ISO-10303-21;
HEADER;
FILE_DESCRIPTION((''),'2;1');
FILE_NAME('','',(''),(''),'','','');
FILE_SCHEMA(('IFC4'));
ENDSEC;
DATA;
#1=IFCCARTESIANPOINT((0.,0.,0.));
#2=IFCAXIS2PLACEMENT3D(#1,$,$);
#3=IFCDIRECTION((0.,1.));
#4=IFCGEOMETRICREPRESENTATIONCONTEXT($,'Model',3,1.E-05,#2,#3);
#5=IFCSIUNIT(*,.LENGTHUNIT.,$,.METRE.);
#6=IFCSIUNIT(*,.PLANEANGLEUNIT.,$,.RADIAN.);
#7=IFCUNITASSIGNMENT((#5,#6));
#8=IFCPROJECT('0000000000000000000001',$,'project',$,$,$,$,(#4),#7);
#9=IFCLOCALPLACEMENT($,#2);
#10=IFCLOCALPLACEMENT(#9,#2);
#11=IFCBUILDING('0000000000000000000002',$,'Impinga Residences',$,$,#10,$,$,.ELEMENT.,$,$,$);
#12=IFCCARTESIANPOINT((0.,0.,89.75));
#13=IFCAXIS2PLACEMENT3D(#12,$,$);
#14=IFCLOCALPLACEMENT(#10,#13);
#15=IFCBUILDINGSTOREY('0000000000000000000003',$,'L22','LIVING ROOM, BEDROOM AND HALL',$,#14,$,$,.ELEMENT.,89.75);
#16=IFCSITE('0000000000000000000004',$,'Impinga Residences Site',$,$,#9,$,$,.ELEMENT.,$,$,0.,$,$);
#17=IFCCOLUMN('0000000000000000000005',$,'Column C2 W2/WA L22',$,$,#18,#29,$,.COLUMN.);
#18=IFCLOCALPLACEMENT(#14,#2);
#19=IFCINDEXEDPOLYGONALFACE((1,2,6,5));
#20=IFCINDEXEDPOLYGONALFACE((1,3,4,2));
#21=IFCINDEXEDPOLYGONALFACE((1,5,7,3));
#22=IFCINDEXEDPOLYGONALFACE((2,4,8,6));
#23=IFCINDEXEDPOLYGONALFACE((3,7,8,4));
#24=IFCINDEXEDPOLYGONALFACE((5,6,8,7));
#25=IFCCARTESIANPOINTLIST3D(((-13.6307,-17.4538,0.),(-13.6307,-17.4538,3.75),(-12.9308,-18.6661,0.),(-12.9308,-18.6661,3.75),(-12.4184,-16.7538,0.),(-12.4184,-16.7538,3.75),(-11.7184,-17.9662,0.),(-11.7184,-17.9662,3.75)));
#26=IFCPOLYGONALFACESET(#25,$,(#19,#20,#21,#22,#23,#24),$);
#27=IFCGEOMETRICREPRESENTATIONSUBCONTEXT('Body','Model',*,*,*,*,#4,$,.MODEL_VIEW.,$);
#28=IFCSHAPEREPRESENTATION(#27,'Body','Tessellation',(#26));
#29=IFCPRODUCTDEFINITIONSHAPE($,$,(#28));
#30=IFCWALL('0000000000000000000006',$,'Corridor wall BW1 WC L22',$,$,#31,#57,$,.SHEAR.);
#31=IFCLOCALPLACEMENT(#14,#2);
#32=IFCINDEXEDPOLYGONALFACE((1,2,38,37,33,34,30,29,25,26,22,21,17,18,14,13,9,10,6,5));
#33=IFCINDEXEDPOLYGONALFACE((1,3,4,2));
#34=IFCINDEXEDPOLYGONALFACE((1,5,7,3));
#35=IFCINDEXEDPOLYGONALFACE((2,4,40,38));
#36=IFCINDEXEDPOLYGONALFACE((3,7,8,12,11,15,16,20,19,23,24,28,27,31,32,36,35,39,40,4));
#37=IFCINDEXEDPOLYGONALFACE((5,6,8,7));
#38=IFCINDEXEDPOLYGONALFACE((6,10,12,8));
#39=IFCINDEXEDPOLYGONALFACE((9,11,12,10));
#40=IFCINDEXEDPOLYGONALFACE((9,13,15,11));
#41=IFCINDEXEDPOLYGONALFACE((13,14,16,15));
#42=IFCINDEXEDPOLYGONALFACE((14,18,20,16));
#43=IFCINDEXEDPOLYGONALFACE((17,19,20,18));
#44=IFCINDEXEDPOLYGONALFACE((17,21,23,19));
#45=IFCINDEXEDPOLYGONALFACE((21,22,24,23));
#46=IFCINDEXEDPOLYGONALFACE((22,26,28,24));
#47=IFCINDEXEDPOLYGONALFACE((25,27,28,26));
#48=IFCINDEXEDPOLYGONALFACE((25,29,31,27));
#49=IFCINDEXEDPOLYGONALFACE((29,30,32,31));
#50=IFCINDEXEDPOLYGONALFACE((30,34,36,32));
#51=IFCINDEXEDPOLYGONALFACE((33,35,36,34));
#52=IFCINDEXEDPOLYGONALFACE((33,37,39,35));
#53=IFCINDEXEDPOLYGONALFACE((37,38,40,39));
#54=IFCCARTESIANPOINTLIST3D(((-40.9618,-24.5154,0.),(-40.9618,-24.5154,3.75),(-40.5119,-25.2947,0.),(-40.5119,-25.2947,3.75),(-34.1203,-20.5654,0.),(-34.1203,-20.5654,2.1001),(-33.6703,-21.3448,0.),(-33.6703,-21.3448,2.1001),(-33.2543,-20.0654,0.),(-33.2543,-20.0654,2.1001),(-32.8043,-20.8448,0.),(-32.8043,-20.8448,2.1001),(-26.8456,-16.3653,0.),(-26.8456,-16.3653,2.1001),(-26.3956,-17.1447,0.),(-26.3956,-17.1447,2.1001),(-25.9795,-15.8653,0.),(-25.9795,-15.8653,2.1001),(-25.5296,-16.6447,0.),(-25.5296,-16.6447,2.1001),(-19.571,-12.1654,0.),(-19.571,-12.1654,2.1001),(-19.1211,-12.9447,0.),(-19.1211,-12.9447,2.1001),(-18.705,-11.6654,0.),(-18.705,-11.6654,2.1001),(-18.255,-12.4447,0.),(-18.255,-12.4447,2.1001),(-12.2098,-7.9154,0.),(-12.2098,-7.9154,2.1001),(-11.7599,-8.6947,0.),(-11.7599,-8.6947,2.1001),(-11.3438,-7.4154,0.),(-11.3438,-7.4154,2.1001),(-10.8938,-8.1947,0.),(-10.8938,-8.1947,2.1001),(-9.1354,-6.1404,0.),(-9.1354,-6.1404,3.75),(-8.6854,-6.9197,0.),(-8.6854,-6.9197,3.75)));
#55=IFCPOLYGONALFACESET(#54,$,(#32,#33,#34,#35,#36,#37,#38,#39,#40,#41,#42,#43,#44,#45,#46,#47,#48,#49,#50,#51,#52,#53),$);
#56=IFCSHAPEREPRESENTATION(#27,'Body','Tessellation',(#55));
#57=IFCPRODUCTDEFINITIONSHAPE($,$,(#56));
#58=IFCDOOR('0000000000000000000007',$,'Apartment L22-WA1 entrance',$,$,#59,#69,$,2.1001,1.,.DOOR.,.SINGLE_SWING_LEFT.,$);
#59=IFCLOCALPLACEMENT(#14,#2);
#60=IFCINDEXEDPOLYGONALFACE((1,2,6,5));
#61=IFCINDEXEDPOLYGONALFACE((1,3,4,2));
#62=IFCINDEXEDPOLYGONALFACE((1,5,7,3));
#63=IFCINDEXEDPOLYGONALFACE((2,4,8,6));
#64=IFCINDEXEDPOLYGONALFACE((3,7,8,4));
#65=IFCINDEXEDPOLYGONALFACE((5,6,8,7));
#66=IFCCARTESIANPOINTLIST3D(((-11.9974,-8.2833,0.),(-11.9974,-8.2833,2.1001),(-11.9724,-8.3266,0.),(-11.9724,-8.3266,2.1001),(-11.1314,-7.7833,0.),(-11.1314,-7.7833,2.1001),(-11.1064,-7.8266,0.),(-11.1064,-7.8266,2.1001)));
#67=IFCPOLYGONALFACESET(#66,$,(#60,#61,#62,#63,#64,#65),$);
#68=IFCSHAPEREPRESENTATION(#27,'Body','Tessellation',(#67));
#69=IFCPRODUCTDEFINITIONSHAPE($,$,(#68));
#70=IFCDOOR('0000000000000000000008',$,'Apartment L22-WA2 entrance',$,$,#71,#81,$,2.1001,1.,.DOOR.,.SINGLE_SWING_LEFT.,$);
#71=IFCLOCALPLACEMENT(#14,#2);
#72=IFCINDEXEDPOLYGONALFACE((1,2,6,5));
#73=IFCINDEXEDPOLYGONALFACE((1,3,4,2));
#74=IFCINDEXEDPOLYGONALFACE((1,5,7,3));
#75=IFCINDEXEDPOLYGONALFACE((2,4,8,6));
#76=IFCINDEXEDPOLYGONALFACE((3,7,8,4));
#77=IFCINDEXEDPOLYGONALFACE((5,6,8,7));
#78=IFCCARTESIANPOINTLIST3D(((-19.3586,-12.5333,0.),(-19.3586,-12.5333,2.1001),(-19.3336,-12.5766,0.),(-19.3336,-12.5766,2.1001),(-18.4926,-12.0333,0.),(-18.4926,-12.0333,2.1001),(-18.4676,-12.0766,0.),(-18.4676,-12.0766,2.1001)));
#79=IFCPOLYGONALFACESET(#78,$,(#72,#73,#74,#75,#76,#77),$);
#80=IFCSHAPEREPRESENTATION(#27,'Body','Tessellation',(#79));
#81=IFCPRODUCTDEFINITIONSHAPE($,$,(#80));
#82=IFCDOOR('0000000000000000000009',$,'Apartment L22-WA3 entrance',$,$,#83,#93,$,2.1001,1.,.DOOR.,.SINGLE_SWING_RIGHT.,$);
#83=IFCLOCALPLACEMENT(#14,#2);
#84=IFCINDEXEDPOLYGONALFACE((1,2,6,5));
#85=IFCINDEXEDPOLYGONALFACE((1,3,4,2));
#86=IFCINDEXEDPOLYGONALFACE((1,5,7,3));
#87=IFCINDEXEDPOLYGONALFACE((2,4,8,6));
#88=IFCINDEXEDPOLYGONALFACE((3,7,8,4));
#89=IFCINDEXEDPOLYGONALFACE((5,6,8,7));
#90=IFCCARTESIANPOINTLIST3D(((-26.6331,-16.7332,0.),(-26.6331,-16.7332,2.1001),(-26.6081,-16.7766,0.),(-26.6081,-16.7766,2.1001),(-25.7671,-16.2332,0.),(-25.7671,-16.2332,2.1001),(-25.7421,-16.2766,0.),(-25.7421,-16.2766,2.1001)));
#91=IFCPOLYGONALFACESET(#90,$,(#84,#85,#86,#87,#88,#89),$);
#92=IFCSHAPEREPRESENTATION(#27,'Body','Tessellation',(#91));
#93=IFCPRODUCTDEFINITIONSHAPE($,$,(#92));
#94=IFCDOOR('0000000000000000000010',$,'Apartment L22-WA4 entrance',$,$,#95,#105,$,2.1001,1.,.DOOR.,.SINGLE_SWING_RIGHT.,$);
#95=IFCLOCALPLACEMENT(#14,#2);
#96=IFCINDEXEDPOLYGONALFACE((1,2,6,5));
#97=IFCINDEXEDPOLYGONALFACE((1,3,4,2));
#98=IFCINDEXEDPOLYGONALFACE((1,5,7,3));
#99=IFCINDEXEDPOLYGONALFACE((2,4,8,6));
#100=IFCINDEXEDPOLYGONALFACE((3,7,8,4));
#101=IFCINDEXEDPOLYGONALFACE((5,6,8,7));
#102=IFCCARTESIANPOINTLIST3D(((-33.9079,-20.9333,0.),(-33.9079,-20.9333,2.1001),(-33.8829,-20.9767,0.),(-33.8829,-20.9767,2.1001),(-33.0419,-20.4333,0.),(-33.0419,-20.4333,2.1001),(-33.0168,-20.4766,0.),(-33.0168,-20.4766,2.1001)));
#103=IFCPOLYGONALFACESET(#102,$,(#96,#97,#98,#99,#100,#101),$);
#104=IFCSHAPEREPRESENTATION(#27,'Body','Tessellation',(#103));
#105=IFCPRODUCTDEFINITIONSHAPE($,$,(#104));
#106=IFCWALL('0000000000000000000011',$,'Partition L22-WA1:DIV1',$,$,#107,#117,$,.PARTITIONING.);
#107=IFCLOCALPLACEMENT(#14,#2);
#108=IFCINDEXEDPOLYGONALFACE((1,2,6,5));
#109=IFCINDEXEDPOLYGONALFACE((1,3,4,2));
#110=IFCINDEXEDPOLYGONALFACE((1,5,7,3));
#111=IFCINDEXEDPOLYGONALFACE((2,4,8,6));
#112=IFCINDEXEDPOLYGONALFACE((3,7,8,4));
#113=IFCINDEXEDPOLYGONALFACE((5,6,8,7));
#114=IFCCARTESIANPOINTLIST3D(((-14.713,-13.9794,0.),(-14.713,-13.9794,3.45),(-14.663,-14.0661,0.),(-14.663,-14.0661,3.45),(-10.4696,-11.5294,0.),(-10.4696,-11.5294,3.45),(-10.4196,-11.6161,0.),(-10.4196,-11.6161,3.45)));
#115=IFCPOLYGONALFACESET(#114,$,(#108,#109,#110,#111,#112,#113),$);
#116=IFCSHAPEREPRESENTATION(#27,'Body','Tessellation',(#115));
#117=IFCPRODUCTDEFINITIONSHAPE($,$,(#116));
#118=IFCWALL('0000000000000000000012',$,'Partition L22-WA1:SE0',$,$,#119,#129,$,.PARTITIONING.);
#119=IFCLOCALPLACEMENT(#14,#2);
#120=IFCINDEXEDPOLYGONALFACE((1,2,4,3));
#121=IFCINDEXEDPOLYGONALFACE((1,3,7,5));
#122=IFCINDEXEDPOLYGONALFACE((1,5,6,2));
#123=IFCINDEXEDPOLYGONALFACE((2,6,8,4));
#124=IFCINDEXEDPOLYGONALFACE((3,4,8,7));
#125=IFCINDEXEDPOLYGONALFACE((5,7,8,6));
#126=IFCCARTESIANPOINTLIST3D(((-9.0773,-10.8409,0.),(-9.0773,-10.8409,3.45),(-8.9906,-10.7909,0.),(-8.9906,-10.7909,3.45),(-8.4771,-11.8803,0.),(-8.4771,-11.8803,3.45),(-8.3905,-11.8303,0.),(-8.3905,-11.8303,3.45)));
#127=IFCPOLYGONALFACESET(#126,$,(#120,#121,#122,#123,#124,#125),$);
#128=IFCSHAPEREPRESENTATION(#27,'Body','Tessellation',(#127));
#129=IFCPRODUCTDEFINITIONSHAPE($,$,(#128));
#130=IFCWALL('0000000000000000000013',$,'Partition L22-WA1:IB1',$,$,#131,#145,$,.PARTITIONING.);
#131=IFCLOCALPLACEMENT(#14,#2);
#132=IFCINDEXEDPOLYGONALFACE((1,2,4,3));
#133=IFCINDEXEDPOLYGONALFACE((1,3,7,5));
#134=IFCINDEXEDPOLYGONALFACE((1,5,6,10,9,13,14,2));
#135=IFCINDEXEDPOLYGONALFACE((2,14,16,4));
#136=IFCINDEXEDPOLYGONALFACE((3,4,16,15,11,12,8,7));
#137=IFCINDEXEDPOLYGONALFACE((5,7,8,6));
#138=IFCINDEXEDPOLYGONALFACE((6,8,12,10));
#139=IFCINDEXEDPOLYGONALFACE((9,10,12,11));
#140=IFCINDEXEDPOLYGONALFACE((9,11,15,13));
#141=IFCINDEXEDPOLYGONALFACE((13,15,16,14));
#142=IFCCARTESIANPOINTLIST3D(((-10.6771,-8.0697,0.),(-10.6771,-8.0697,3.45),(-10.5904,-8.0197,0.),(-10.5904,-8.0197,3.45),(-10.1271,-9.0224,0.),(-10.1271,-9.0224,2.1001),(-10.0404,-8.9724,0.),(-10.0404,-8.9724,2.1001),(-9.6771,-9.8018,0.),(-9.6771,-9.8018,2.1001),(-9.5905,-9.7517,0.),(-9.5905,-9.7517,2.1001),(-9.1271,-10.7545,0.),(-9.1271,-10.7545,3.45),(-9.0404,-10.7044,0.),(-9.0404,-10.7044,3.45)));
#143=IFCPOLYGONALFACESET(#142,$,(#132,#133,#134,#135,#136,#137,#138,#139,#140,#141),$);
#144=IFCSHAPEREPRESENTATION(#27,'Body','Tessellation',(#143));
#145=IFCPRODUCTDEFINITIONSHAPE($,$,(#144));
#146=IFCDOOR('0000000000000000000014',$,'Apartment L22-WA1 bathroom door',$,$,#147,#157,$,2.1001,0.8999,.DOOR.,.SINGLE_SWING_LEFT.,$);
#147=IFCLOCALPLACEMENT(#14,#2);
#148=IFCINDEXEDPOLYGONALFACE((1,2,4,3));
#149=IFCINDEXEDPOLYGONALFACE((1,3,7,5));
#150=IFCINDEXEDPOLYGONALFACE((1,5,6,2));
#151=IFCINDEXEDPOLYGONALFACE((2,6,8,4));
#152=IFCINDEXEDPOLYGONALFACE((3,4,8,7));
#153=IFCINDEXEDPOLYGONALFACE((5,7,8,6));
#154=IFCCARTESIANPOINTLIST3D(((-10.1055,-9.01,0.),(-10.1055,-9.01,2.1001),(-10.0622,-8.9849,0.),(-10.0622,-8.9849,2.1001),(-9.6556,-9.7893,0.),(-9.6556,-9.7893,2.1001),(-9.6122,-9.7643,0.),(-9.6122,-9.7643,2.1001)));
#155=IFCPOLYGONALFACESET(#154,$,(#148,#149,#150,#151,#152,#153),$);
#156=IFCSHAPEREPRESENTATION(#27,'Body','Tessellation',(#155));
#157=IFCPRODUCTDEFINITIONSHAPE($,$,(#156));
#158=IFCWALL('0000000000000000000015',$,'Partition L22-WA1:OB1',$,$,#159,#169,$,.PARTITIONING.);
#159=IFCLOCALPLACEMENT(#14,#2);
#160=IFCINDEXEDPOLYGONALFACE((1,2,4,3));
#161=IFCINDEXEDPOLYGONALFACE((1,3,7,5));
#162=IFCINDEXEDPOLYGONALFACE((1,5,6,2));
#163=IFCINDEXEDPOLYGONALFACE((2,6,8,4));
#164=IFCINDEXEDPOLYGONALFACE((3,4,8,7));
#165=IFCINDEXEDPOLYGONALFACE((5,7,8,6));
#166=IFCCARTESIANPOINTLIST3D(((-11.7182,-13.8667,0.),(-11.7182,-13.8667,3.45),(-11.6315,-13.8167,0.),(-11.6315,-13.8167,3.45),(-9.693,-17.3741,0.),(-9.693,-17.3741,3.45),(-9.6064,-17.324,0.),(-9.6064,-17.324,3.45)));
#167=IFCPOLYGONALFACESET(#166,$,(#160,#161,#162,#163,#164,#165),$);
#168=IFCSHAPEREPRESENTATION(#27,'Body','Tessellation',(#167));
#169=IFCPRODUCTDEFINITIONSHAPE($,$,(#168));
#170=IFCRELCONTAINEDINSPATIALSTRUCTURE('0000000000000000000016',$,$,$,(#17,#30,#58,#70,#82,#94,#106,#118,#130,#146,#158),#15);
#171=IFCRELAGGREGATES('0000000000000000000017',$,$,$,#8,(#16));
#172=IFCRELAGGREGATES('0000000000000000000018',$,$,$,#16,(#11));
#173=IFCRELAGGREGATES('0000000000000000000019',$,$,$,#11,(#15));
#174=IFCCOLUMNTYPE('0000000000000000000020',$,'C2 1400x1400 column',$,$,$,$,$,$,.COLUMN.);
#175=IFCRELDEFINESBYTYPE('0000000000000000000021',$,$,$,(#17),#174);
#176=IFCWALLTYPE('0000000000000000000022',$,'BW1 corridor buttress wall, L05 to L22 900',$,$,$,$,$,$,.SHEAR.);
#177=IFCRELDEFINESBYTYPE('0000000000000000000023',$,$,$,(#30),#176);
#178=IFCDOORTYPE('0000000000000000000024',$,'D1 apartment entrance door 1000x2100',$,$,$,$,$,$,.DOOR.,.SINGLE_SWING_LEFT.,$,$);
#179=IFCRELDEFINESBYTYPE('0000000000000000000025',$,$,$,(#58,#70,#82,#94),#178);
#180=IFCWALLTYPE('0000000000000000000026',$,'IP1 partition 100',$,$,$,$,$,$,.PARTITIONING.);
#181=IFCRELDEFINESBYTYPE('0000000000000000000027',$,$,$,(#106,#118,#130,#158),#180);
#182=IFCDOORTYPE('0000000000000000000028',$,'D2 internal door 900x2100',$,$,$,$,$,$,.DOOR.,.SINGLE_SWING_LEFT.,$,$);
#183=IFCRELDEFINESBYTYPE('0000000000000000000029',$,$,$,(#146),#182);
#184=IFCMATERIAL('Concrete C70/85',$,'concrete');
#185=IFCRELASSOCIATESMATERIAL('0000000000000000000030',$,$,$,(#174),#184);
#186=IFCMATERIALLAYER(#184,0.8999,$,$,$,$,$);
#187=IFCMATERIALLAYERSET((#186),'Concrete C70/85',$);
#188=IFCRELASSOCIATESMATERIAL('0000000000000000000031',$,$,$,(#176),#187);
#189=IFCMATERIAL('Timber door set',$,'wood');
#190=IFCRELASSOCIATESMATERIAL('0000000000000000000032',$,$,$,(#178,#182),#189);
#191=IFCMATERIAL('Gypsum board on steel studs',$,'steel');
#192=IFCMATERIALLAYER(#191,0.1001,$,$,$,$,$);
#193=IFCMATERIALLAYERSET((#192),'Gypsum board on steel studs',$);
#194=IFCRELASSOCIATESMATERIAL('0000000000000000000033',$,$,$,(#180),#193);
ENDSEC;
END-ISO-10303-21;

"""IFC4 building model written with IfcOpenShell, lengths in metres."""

from ifc_helpers import new_model, si_unit, direction, frame, frame_2d, origin, origin_2d, place, context, subcontext, project, spatial, rectangle, extrude, material, layer, layer_set, material_profile, profile_set, type_object, element, fill, save


model = new_model("IFC4")

# Units and contexts
model_context = context("Model", 3, precision=1e-05, world=origin(), true_north=direction((0.0, 1.0)))
body_context = subcontext(model_context, "Body", "Model", "MODEL_VIEW")
ifc_project = project(units=[si_unit("LENGTHUNIT", "METRE"), si_unit("PLANEANGLEUNIT", "RADIAN")], contexts=[model_context])

# Site, building, storey
site_placement = place(None, origin())
site = spatial("IfcSite", under=ifc_project, at=site_placement, Name="Impinga Residences Site", CompositionType="ELEMENT", RefElevation=0.0)
building_placement = place(site_placement, origin())
building = spatial("IfcBuilding", under=site, at=building_placement, Name="Impinga Residences", CompositionType="ELEMENT")
storey_placement = place(building_placement, frame((0.0, 0.0, 89.75)))
storey = spatial("IfcBuildingStorey", under=building, at=storey_placement, Name="L22", Description="LIVING ROOM, BEDROOM AND HALL", CompositionType="ELEMENT", Elevation=89.75)

# Column
ifc_material_1 = material(Name="Concrete C70/85", Category="concrete")
ifc_material_profile = material_profile(ifc_material_1, rectangle(XDim=1.3999, YDim=1.3999, at=origin_2d()), Name="RC 1400x1400")
ifc_profile_set = profile_set([ifc_material_profile], Name="Concrete C70/85")
column_type = type_object("IfcColumnType", Name="C2 1400x1400 column", PredefinedType="COLUMN", material=ifc_profile_set)
column_placement = place(storey_placement, frame((-12.6746, -17.71, 0.0), z_axis=(0.0, 0.0, 1.0), x_axis=(-0.5, 0.866025, 0.0)))
element("IfcColumn", 1, at=column_placement, inside=storey, type_object=column_type, Name="Column C2 W2/WA L22", PredefinedType="COLUMN", context=body_context, shape_type="SweptSolid", body=[
    extrude(rectangle(XDim=1.3999, YDim=1.3999, at=origin_2d()), origin(), (0.0, 0.0, 1.0), 3.75),
])

# Wall, openings, doors
ifc_layer_1 = layer(ifc_material_1, 0.8999)
ifc_layer_set_1 = layer_set([ifc_layer_1], Name="Concrete C70/85")
wall_type_1 = type_object("IfcWallType", Name="BW1 corridor buttress wall, L05 to L22 900", PredefinedType="SHEAR", material=ifc_layer_set_1)
wall_1_placement = place(storey_placement, frame((-8.9104, -6.53, 0.0), z_axis=(0.0, 0.0, 1.0), x_axis=(-0.866025, -0.5, 0.0)))
wall_1 = element("IfcWall", 2, at=wall_1_placement, inside=storey, type_object=wall_type_1, Name="Corridor wall BW1 WC L22", PredefinedType="SHEAR", context=body_context, shape_type="SweptSolid", body=[
    extrude(rectangle(XDim=36.75, YDim=0.8999, at=frame_2d((18.375, 0.0))), origin(), (0.0, 0.0, 1.0), 3.75),
])
opening_1_placement = place(wall_1_placement, frame((2.55, 0.0, 0.0)))
opening_1 = element("IfcOpeningElement", 3, at=opening_1_placement, cuts=wall_1, PredefinedType="OPENING", context=body_context, shape_type="SweptSolid", body=[
    extrude(rectangle(XDim=1.0, YDim=2.1001, at=frame_2d((0.5, 1.05))), frame((0.0, 0.46, 0.0), z_axis=(0.0, -1.0, 0.0), x_axis=(1.0, 0.0, 0.0)), (0.0, 0.0, 1.0), 0.9199),
])
opening_2_placement = place(wall_1_placement, frame((11.05, 0.0, 0.0)))
opening_2 = element("IfcOpeningElement", 4, at=opening_2_placement, cuts=wall_1, PredefinedType="OPENING", context=body_context, shape_type="SweptSolid", body=[
    extrude(rectangle(XDim=1.0, YDim=2.1001, at=frame_2d((0.5, 1.05))), frame((0.0, 0.46, 0.0), z_axis=(0.0, -1.0, 0.0), x_axis=(1.0, 0.0, 0.0)), (0.0, 0.0, 1.0), 0.9199),
])
opening_3_placement = place(wall_1_placement, frame((19.45, 0.0, 0.0)))
opening_3 = element("IfcOpeningElement", 5, at=opening_3_placement, cuts=wall_1, PredefinedType="OPENING", context=body_context, shape_type="SweptSolid", body=[
    extrude(rectangle(XDim=1.0, YDim=2.1001, at=frame_2d((0.5, 1.05))), frame((0.0, 0.46, 0.0), z_axis=(0.0, -1.0, 0.0), x_axis=(1.0, 0.0, 0.0)), (0.0, 0.0, 1.0), 0.9199),
])
opening_4_placement = place(wall_1_placement, frame((27.8501, 0.0, 0.0)))
opening_4 = element("IfcOpeningElement", 6, at=opening_4_placement, cuts=wall_1, PredefinedType="OPENING", context=body_context, shape_type="SweptSolid", body=[
    extrude(rectangle(XDim=1.0, YDim=2.1001, at=frame_2d((0.5, 1.05))), frame((0.0, 0.46, 0.0), z_axis=(0.0, -1.0, 0.0), x_axis=(1.0, 0.0, 0.0)), (0.0, 0.0, 1.0), 0.9199),
])
ifc_material_2 = material(Name="Timber door set", Category="wood")
door_type_1 = type_object("IfcDoorType", Name="D1 apartment entrance door 1000x2100", OperationType="SINGLE_SWING_LEFT", PredefinedType="DOOR", material=ifc_material_2)
door_1_placement = place(opening_1_placement, origin())
door_1 = element("IfcDoor", 7, at=door_1_placement, inside=storey, type_object=door_type_1, Name="Apartment L22-WA1 entrance", OperationType="SINGLE_SWING_LEFT", OverallHeight=2.1001, OverallWidth=1.0, PredefinedType="DOOR", context=body_context, shape_type="SweptSolid", body=[
    extrude(rectangle(XDim=1.0, YDim=2.1001, at=frame_2d((0.5, 1.05))), frame((0.0, 0.0249, 0.0), z_axis=(0.0, -1.0, 0.0), x_axis=(1.0, 0.0, 0.0)), (0.0, 0.0, 1.0), 0.05),
])
fill(opening_1, door_1)
door_2_placement = place(opening_2_placement, origin())
door_2 = element("IfcDoor", 8, at=door_2_placement, inside=storey, type_object=door_type_1, Name="Apartment L22-WA2 entrance", OperationType="SINGLE_SWING_LEFT", OverallHeight=2.1001, OverallWidth=1.0, PredefinedType="DOOR", context=body_context, shape_type="SweptSolid", body=[
    extrude(rectangle(XDim=1.0, YDim=2.1001, at=frame_2d((0.5, 1.05))), frame((0.0, 0.0249, 0.0), z_axis=(0.0, -1.0, 0.0), x_axis=(1.0, 0.0, 0.0)), (0.0, 0.0, 1.0), 0.05),
])
fill(opening_2, door_2)
door_3_placement = place(opening_3_placement, origin())
door_3 = element("IfcDoor", 9, at=door_3_placement, inside=storey, type_object=door_type_1, Name="Apartment L22-WA3 entrance", OperationType="SINGLE_SWING_RIGHT", OverallHeight=2.1001, OverallWidth=1.0, PredefinedType="DOOR", context=body_context, shape_type="SweptSolid", body=[
    extrude(rectangle(XDim=1.0, YDim=2.1001, at=frame_2d((0.5, 1.05))), frame((0.0, 0.0249, 0.0), z_axis=(0.0, -1.0, 0.0), x_axis=(1.0, 0.0, 0.0)), (0.0, 0.0, 1.0), 0.05),
])
fill(opening_3, door_3)
door_4_placement = place(opening_4_placement, origin())
door_4 = element("IfcDoor", 10, at=door_4_placement, inside=storey, type_object=door_type_1, Name="Apartment L22-WA4 entrance", OperationType="SINGLE_SWING_RIGHT", OverallHeight=2.1001, OverallWidth=1.0, PredefinedType="DOOR", context=body_context, shape_type="SweptSolid", body=[
    extrude(rectangle(XDim=1.0, YDim=2.1001, at=frame_2d((0.5, 1.05))), frame((0.0, 0.0249, 0.0), z_axis=(0.0, -1.0, 0.0), x_axis=(1.0, 0.0, 0.0)), (0.0, 0.0, 1.0), 0.05),
])
fill(opening_4, door_4)

# Walls
ifc_material_3 = material(Name="Gypsum board on steel studs", Category="steel")
ifc_layer_2 = layer(ifc_material_3, 0.1001)
ifc_layer_set_2 = layer_set([ifc_layer_2], Name="Gypsum board on steel studs")
wall_type_2 = type_object("IfcWallType", Name="IP1 partition 100", PredefinedType="PARTITIONING", material=ifc_layer_set_2)
wall_2_placement = place(storey_placement, frame((-10.4446, -11.5728, 0.0), z_axis=(0.0, 0.0, 1.0), x_axis=(-0.866024, -0.500003, 0.0)))
element("IfcWall", 11, at=wall_2_placement, inside=storey, type_object=wall_type_2, Name="Partition L22-WA1:DIV1", PredefinedType="PARTITIONING", context=body_context, shape_type="SweptSolid", body=[
    extrude(rectangle(XDim=4.8999, YDim=0.1001, at=frame_2d((2.45, 0.0))), origin(), (0.0, 0.0, 1.0), 3.45),
])
wall_3_placement = place(storey_placement, frame((-9.0339, -10.8159, 0.0), z_axis=(0.0, 0.0, 1.0), x_axis=(0.500034, -0.866006, 0.0)))
element("IfcWall", 12, at=wall_3_placement, inside=storey, type_object=wall_type_2, Name="Partition L22-WA1:SE0", PredefinedType="PARTITIONING", context=body_context, shape_type="SweptSolid", body=[
    extrude(rectangle(XDim=1.2002, YDim=0.1001, at=frame_2d((0.6001, 0.0))), origin(), (0.0, 0.0, 1.0), 3.45),
])

# Wall, opening, door
wall_4_placement = place(storey_placement, frame((-10.6338, -8.0447, 0.0), z_axis=(0.0, 0.0, 1.0), x_axis=(0.499993, -0.86603, 0.0)))
wall_4 = element("IfcWall", 13, at=wall_4_placement, inside=storey, type_object=wall_type_2, Name="Partition L22-WA1:IB1", PredefinedType="PARTITIONING", context=body_context, shape_type="SweptSolid", body=[
    extrude(rectangle(XDim=3.1001, YDim=0.1001, at=frame_2d((1.55, 0.0))), origin(), (0.0, 0.0, 1.0), 3.45),
])
opening_5_placement = place(wall_4_placement, frame((1.1001, 0.0, 0.0)))
opening_5 = element("IfcOpeningElement", 14, at=opening_5_placement, cuts=wall_4, PredefinedType="OPENING", context=body_context, shape_type="SweptSolid", body=[
    extrude(rectangle(XDim=0.8999, YDim=2.1001, at=frame_2d((0.45, 1.05))), frame((0.0, 0.0601, 0.0), z_axis=(0.0, -1.0, 0.0), x_axis=(1.0, 0.0, 0.0)), (0.0, 0.0, 1.0), 0.1201),
])
door_type_2 = type_object("IfcDoorType", Name="D2 internal door 900x2100", OperationType="SINGLE_SWING_LEFT", PredefinedType="DOOR", material=ifc_material_2)
door_5_placement = place(opening_5_placement, origin())
door_5 = element("IfcDoor", 15, at=door_5_placement, inside=storey, type_object=door_type_2, Name="Apartment L22-WA1 bathroom door", OperationType="SINGLE_SWING_LEFT", OverallHeight=2.1001, OverallWidth=0.8999, PredefinedType="DOOR", context=body_context, shape_type="SweptSolid", body=[
    extrude(rectangle(XDim=0.8999, YDim=2.1001, at=frame_2d((0.45, 1.05))), frame((0.0, 0.0249, 0.0), z_axis=(0.0, -1.0, 0.0), x_axis=(1.0, 0.0, 0.0)), (0.0, 0.0, 1.0), 0.05),
])
fill(opening_5, door_5)

# Wall
wall_5_placement = place(storey_placement, frame((-11.6748, -13.8418, 0.0), z_axis=(0.0, 0.0, 1.0), x_axis=(0.500036, -0.866005, 0.0)))
element("IfcWall", 16, at=wall_5_placement, inside=storey, type_object=wall_type_2, Name="Partition L22-WA1:OB1", PredefinedType="PARTITIONING", context=body_context, shape_type="SweptSolid", body=[
    extrude(rectangle(XDim=4.05, YDim=0.1001, at=frame_2d((2.0249, 0.0))), origin(), (0.0, 0.0, 1.0), 3.45),
])

save(model, "model.ifc")
